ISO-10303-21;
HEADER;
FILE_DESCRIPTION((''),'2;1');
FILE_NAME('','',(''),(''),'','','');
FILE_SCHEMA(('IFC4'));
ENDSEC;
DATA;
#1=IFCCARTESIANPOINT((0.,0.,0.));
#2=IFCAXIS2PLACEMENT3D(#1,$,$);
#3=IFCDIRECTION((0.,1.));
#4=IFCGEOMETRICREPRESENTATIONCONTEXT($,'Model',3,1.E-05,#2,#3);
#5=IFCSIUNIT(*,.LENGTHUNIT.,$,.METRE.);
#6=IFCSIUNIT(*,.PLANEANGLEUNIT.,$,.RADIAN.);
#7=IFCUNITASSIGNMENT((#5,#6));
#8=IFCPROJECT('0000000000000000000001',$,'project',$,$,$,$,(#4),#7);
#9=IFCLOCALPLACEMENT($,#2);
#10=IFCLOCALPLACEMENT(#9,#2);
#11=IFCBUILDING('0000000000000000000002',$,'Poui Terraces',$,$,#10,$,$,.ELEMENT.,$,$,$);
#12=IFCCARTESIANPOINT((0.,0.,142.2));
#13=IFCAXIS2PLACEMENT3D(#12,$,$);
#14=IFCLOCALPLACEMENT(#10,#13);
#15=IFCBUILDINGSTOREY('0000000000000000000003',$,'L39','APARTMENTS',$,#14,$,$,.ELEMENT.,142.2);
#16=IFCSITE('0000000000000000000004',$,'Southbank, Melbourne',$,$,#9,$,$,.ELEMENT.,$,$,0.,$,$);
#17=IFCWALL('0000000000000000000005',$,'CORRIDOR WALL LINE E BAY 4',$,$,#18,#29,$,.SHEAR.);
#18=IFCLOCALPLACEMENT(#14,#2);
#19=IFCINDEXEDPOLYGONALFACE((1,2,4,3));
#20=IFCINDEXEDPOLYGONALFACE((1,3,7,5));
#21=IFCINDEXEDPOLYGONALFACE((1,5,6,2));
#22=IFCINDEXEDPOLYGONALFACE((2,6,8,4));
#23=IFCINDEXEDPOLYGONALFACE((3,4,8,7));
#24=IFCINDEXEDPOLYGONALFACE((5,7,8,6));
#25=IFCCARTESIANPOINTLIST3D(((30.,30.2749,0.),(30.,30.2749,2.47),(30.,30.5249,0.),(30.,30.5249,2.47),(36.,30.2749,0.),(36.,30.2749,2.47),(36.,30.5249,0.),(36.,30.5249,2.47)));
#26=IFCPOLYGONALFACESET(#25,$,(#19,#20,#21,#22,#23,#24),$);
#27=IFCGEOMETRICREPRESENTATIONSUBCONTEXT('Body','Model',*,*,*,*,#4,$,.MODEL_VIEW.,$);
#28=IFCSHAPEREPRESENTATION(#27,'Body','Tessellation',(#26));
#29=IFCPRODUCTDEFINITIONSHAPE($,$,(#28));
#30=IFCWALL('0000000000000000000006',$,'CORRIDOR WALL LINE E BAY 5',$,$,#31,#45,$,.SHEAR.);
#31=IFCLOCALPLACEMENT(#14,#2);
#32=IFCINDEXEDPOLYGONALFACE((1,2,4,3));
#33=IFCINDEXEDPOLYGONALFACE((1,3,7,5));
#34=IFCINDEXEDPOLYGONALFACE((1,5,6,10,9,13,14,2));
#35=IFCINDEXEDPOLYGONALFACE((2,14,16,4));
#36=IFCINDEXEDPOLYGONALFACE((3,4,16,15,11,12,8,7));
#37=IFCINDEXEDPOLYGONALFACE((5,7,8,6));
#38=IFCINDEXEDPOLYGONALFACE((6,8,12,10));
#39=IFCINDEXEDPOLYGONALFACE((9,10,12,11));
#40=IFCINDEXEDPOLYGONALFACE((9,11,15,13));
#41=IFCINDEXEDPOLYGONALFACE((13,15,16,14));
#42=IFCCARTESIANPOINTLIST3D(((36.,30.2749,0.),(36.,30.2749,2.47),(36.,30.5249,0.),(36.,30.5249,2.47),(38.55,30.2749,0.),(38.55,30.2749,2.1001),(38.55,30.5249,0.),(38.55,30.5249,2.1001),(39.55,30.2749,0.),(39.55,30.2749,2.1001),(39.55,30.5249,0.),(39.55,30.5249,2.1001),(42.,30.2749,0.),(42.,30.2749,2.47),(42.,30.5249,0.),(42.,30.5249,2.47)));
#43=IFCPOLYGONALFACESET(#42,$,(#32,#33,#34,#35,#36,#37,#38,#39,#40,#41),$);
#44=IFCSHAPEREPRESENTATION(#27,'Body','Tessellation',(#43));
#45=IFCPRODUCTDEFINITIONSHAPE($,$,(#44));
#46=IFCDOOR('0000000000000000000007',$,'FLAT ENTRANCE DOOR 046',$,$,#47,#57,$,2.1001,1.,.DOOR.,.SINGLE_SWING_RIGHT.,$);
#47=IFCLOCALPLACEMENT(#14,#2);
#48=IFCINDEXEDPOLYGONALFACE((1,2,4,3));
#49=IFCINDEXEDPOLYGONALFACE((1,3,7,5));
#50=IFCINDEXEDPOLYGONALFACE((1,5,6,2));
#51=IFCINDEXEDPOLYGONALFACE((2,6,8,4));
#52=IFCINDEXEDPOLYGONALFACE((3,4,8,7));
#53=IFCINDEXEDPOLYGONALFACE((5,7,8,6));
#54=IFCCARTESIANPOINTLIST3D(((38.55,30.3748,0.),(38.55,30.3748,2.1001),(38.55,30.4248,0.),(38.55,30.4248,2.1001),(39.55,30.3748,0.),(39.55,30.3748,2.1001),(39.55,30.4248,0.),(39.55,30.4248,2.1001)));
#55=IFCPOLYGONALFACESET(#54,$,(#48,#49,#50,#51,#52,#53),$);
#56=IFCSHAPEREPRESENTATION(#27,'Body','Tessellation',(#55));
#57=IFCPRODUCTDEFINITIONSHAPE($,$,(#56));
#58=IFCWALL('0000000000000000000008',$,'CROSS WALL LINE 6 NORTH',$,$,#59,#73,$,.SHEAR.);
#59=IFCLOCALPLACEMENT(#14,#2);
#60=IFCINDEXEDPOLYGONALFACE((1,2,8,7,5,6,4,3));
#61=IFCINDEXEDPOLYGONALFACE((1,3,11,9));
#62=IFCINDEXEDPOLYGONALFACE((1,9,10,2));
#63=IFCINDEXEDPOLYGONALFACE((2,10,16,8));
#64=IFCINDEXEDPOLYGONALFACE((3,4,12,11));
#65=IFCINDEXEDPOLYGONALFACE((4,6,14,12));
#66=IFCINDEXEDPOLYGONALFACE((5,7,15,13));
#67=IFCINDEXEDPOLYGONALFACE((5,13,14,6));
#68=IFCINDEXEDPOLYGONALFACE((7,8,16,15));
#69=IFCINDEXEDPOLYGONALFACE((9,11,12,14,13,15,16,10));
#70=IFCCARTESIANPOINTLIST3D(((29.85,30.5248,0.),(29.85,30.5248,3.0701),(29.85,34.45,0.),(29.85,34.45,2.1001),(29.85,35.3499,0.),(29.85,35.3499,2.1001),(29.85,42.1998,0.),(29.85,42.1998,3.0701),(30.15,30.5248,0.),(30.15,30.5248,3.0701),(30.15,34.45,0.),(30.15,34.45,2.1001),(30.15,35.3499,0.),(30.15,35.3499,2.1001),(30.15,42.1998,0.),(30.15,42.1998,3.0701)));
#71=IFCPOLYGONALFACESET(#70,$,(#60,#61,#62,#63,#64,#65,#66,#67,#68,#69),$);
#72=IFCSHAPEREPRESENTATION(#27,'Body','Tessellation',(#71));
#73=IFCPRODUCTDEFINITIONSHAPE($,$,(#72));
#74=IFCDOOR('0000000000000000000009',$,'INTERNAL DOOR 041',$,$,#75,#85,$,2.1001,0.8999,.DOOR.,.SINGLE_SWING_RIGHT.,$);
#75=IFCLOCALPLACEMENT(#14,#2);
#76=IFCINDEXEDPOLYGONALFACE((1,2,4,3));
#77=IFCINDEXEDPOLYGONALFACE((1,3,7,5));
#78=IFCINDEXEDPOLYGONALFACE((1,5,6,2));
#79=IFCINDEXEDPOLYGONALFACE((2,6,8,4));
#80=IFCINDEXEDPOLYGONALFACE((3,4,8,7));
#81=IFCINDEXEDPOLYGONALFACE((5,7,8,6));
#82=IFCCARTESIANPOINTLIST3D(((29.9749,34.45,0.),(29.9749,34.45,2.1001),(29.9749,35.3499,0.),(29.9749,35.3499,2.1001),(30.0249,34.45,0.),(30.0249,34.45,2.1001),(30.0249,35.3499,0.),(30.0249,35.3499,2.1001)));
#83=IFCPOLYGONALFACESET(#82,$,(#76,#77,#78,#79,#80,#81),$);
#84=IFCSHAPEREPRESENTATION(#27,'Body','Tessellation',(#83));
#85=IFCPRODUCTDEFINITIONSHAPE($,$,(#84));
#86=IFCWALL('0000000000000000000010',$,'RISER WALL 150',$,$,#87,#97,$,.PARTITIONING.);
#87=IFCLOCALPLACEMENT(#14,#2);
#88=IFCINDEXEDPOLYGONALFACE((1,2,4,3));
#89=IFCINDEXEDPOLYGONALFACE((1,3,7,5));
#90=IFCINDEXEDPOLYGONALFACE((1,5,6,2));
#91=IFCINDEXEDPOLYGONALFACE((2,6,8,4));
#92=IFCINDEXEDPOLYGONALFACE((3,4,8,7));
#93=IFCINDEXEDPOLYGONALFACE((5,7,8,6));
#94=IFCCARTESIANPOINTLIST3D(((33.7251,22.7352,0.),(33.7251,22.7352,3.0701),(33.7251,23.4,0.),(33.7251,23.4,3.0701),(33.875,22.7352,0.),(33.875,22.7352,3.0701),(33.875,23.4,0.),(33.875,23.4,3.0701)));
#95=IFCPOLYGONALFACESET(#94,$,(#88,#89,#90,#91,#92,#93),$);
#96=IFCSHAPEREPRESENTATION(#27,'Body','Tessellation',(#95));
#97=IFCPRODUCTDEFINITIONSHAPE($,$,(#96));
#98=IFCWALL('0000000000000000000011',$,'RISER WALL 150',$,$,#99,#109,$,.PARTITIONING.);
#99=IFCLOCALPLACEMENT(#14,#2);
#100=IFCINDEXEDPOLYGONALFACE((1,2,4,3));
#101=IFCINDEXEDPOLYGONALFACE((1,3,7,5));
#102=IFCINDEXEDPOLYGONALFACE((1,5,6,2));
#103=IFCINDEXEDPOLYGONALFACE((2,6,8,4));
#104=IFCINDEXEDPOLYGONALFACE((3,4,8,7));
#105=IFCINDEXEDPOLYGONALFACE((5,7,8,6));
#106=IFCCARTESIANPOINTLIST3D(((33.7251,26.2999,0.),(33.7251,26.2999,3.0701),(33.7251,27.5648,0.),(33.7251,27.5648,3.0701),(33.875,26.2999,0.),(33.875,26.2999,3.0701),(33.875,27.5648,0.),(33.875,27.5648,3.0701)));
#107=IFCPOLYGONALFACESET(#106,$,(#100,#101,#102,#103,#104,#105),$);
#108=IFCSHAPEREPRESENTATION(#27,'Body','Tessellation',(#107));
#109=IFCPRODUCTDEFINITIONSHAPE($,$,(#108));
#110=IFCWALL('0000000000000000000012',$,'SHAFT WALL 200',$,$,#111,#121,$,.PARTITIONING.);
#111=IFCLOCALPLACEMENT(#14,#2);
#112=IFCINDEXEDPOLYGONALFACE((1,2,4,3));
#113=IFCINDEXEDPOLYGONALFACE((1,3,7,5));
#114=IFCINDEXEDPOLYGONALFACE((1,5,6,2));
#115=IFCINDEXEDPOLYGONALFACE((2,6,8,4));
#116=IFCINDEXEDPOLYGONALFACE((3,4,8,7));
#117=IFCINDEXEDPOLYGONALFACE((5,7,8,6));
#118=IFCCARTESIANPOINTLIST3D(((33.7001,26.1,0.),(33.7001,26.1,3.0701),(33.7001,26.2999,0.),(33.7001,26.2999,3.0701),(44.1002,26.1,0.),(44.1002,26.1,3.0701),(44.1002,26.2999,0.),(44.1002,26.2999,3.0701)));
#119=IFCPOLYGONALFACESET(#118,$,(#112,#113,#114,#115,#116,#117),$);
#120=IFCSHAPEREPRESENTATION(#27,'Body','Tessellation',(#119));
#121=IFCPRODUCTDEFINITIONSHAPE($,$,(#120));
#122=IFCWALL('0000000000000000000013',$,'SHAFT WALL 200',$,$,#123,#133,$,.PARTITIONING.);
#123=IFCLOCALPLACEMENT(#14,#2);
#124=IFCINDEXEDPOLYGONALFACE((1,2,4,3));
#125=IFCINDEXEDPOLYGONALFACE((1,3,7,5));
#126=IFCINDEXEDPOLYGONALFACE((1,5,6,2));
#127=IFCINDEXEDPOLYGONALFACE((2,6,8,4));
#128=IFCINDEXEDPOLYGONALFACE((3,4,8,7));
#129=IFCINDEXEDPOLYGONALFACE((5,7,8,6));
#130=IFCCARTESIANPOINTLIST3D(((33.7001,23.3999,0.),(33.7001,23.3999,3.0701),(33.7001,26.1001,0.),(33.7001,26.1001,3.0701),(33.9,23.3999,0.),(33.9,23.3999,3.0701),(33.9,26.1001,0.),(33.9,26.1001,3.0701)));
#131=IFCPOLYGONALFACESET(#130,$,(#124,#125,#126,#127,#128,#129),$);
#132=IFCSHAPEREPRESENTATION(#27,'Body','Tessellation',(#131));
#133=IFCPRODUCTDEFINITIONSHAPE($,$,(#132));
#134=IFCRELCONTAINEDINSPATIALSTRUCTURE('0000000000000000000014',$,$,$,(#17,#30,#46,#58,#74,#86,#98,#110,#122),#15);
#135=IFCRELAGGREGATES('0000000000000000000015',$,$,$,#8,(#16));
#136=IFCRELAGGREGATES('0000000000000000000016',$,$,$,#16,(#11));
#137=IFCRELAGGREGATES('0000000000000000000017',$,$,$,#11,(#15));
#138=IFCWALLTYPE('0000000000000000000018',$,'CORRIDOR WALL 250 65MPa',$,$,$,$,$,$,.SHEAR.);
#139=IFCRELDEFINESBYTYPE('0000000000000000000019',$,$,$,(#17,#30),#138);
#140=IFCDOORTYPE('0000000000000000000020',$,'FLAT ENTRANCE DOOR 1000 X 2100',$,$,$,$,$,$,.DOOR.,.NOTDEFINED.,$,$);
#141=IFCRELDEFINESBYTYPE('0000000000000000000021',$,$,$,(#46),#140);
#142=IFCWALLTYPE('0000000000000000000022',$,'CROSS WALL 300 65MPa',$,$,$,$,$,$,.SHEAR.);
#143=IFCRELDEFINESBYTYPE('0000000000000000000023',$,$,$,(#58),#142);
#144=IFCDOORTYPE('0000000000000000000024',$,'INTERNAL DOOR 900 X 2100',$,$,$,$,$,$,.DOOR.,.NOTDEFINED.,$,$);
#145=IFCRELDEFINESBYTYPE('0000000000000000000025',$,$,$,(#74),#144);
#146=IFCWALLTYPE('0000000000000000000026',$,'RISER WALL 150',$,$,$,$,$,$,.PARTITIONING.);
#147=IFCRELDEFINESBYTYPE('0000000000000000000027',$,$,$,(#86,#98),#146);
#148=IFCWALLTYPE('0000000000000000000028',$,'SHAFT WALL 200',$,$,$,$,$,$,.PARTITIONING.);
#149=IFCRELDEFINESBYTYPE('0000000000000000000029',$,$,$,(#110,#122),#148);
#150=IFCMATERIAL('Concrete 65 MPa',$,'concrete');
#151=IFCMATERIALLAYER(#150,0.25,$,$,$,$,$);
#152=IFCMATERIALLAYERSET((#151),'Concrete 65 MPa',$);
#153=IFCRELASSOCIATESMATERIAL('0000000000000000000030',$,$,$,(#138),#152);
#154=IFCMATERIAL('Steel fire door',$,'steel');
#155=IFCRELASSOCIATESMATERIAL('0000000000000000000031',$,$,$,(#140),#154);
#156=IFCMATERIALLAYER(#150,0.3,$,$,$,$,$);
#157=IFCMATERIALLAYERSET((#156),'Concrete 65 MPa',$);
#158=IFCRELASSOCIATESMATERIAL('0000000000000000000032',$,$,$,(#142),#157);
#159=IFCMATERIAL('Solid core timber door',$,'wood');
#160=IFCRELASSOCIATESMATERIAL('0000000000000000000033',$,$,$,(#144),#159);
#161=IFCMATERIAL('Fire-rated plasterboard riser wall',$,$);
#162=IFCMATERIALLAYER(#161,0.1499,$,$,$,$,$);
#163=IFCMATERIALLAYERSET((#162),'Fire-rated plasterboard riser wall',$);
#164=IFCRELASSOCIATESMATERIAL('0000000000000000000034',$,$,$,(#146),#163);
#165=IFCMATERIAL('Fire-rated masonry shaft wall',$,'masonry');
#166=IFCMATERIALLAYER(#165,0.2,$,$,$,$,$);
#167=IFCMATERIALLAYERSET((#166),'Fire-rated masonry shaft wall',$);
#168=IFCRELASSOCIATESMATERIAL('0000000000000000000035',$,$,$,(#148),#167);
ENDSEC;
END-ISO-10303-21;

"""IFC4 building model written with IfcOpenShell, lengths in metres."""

from ifc_helpers import new_model, si_unit, direction, frame, frame_2d, origin, place, context, subcontext, project, spatial, rectangle, extrude, material, layer, layer_set, type_object, element, fill, save


model = new_model("IFC4")

# Units and contexts
model_context = context("Model", 3, precision=1e-05, world=origin(), true_north=direction((0.0, 1.0)))
body_context = subcontext(model_context, "Body", "Model", "MODEL_VIEW")
ifc_project = project(units=[si_unit("LENGTHUNIT", "METRE"), si_unit("PLANEANGLEUNIT", "RADIAN")], contexts=[model_context])

# Site, building, storey
site_placement = place(None, origin())
site = spatial("IfcSite", under=ifc_project, at=site_placement, Name="Southbank, Melbourne", CompositionType="ELEMENT", RefElevation=0.0)
building_placement = place(site_placement, origin())
building = spatial("IfcBuilding", under=site, at=building_placement, Name="Poui Terraces", CompositionType="ELEMENT")
storey_placement = place(building_placement, frame((0.0, 0.0, 142.2)))
storey = spatial("IfcBuildingStorey", under=building, at=storey_placement, Name="L39", Description="APARTMENTS", CompositionType="ELEMENT", Elevation=142.2)

# Shared definitions
ifc_material_1 = material(Name="Concrete 65 MPa", Category="concrete")

# Shared definitions
ifc_material_2 = material(Name="Steel fire door", Category="steel")

# Wall
ifc_layer_1 = layer(ifc_material_1, 0.25)
ifc_layer_set_1 = layer_set([ifc_layer_1], Name="Concrete 65 MPa")
wall_type_1 = type_object("IfcWallType", Name="CORRIDOR WALL 250 65MPa", PredefinedType="SHEAR", material=ifc_layer_set_1)
wall_1_placement = place(storey_placement, frame((30.0, 30.3999, 0.0), z_axis=(0.0, 0.0, 1.0), x_axis=(1.0, 0.0, 0.0)))
element("IfcWall", 1, at=wall_1_placement, inside=storey, type_object=wall_type_1, Name="CORRIDOR WALL LINE E BAY 4", PredefinedType="SHEAR", context=body_context, shape_type="SweptSolid", body=[
    extrude(rectangle(XDim=6.0, YDim=0.25, at=frame_2d((3.0, 0.0))), origin(), (0.0, 0.0, 1.0), 2.47),
])

# Walls, openings, doors
wall_2_placement = place(storey_placement, frame((36.0, 30.3999, 0.0), z_axis=(0.0, 0.0, 1.0), x_axis=(1.0, 0.0, 0.0)))
wall_2 = element("IfcWall", 2, at=wall_2_placement, inside=storey, type_object=wall_type_1, Name="CORRIDOR WALL LINE E BAY 5", PredefinedType="SHEAR", context=body_context, shape_type="SweptSolid", body=[
    extrude(rectangle(XDim=6.0, YDim=0.25, at=frame_2d((3.0, 0.0))), origin(), (0.0, 0.0, 1.0), 2.47),
])
opening_1_placement = place(wall_2_placement, frame((2.55, 0.0, 0.0)))
opening_1 = element("IfcOpeningElement", 3, at=opening_1_placement, cuts=wall_2, PredefinedType="OPENING", context=body_context, shape_type="SweptSolid", body=[
    extrude(rectangle(XDim=1.0, YDim=2.1001, at=frame_2d((0.5, 1.05))), frame((0.0, 0.135, 0.0), z_axis=(0.0, -1.0, 0.0), x_axis=(1.0, 0.0, 0.0)), (0.0, 0.0, 1.0), 0.27),
])
door_type_1 = type_object("IfcDoorType", Name="FLAT ENTRANCE DOOR 1000 X 2100", OperationType="NOTDEFINED", PredefinedType="DOOR", material=ifc_material_2)
door_1_placement = place(opening_1_placement, origin())
door_1 = element("IfcDoor", 4, at=door_1_placement, inside=storey, type_object=door_type_1, Name="FLAT ENTRANCE DOOR 046", OperationType="SINGLE_SWING_RIGHT", OverallHeight=2.1001, OverallWidth=1.0, PredefinedType="DOOR", context=body_context, shape_type="SweptSolid", body=[
    extrude(rectangle(XDim=1.0, YDim=2.1001, at=frame_2d((0.5, 1.05))), frame((0.0, 0.0249, 0.0), z_axis=(0.0, -1.0, 0.0), x_axis=(1.0, 0.0, 0.0)), (0.0, 0.0, 1.0), 0.05),
])
fill(opening_1, door_1)
ifc_layer_2 = layer(ifc_material_1, 0.3)
ifc_layer_set_2 = layer_set([ifc_layer_2], Name="Concrete 65 MPa")
wall_type_2 = type_object("IfcWallType", Name="CROSS WALL 300 65MPa", PredefinedType="SHEAR", material=ifc_layer_set_2)
wall_3_placement = place(storey_placement, frame((30.0, 30.5249, 0.0), z_axis=(0.0, 0.0, 1.0), x_axis=(0.0, 1.0, 0.0)))
wall_3 = element("IfcWall", 5, at=wall_3_placement, inside=storey, type_object=wall_type_2, Name="CROSS WALL LINE 6 NORTH", PredefinedType="SHEAR", context=body_context, shape_type="SweptSolid", body=[
    extrude(rectangle(XDim=11.675, YDim=0.3, at=frame_2d((5.8374, 0.0))), origin(), (0.0, 0.0, 1.0), 3.0701),
])
opening_2_placement = place(wall_3_placement, frame((3.925, 0.0, 0.0)))
opening_2 = element("IfcOpeningElement", 6, at=opening_2_placement, cuts=wall_3, PredefinedType="OPENING", context=body_context, shape_type="SweptSolid", body=[
    extrude(rectangle(XDim=0.8999, YDim=2.1001, at=frame_2d((0.45, 1.05))), frame((0.0, 0.1602, 0.0), z_axis=(0.0, -1.0, 0.0), x_axis=(1.0, 0.0, 0.0)), (0.0, 0.0, 1.0), 0.3201),
])
ifc_material_3 = material(Name="Solid core timber door", Category="wood")
door_type_2 = type_object("IfcDoorType", Name="INTERNAL DOOR 900 X 2100", OperationType="NOTDEFINED", PredefinedType="DOOR", material=ifc_material_3)
door_2_placement = place(opening_2_placement, frame((0.8999, 0.0, 0.0), z_axis=(0.0, 0.0, 1.0), x_axis=(-1.0, 0.0, 0.0)))
door_2 = element("IfcDoor", 7, at=door_2_placement, inside=storey, type_object=door_type_2, Name="INTERNAL DOOR 041", OperationType="SINGLE_SWING_RIGHT", OverallHeight=2.1001, OverallWidth=0.8999, PredefinedType="DOOR", context=body_context, shape_type="SweptSolid", body=[
    extrude(rectangle(XDim=0.8999, YDim=2.1001, at=frame_2d((0.45, 1.05))), frame((0.0, 0.0249, 0.0), z_axis=(0.0, -1.0, 0.0), x_axis=(1.0, 0.0, 0.0)), (0.0, 0.0, 1.0), 0.05),
])
fill(opening_2, door_2)

# Walls
ifc_material_4 = material(Name="Fire-rated plasterboard riser wall")
ifc_layer_3 = layer(ifc_material_4, 0.1499)
ifc_layer_set_3 = layer_set([ifc_layer_3], Name="Fire-rated plasterboard riser wall")
wall_type_3 = type_object("IfcWallType", Name="RISER WALL 150", PredefinedType="PARTITIONING", material=ifc_layer_set_3)
wall_4_placement = place(storey_placement, frame((33.8, 22.7351, 0.0), z_axis=(0.0, 0.0, 1.0), x_axis=(0.0, 1.0, 0.0)))
element("IfcWall", 8, at=wall_4_placement, inside=storey, type_object=wall_type_3, Name="RISER WALL 150", PredefinedType="PARTITIONING", context=body_context, shape_type="SweptSolid", body=[
    extrude(rectangle(XDim=0.6648, YDim=0.1499, at=frame_2d((0.3325, 0.0))), origin(), (0.0, 0.0, 1.0), 3.0701),
])
wall_5_placement = place(storey_placement, frame((33.8, 26.3, 0.0), z_axis=(0.0, 0.0, 1.0), x_axis=(0.0, 1.0, 0.0)))
element("IfcWall", 9, at=wall_5_placement, inside=storey, type_object=wall_type_3, Name="RISER WALL 150", PredefinedType="PARTITIONING", context=body_context, shape_type="SweptSolid", body=[
    extrude(rectangle(XDim=1.2649, YDim=0.1499, at=frame_2d((0.6323, 0.0))), origin(), (0.0, 0.0, 1.0), 3.0701),
])
ifc_material_5 = material(Name="Fire-rated masonry shaft wall", Category="masonry")
ifc_layer_4 = layer(ifc_material_5, 0.2)
ifc_layer_set_4 = layer_set([ifc_layer_4], Name="Fire-rated masonry shaft wall")
wall_type_4 = type_object("IfcWallType", Name="SHAFT WALL 200", PredefinedType="PARTITIONING", material=ifc_layer_set_4)
wall_6_placement = place(storey_placement, frame((33.7, 26.2, 0.0), z_axis=(0.0, 0.0, 1.0), x_axis=(1.0, 0.0, 0.0)))
element("IfcWall", 10, at=wall_6_placement, inside=storey, type_object=wall_type_4, Name="SHAFT WALL 200", PredefinedType="PARTITIONING", context=body_context, shape_type="SweptSolid", body=[
    extrude(rectangle(XDim=10.4001, YDim=0.2, at=frame_2d((5.2002, 0.0))), origin(), (0.0, 0.0, 1.0), 3.0701),
])
wall_7_placement = place(storey_placement, frame((33.8, 23.3999, 0.0), z_axis=(0.0, 0.0, 1.0), x_axis=(0.0, 1.0, 0.0)))
element("IfcWall", 11, at=wall_7_placement, inside=storey, type_object=wall_type_4, Name="SHAFT WALL 200", PredefinedType="PARTITIONING", context=body_context, shape_type="SweptSolid", body=[
    extrude(rectangle(XDim=2.7002, YDim=0.2, at=frame_2d((1.3501, 0.0))), origin(), (0.0, 0.0, 1.0), 3.0701),
])

save(model, "model.ifc")
